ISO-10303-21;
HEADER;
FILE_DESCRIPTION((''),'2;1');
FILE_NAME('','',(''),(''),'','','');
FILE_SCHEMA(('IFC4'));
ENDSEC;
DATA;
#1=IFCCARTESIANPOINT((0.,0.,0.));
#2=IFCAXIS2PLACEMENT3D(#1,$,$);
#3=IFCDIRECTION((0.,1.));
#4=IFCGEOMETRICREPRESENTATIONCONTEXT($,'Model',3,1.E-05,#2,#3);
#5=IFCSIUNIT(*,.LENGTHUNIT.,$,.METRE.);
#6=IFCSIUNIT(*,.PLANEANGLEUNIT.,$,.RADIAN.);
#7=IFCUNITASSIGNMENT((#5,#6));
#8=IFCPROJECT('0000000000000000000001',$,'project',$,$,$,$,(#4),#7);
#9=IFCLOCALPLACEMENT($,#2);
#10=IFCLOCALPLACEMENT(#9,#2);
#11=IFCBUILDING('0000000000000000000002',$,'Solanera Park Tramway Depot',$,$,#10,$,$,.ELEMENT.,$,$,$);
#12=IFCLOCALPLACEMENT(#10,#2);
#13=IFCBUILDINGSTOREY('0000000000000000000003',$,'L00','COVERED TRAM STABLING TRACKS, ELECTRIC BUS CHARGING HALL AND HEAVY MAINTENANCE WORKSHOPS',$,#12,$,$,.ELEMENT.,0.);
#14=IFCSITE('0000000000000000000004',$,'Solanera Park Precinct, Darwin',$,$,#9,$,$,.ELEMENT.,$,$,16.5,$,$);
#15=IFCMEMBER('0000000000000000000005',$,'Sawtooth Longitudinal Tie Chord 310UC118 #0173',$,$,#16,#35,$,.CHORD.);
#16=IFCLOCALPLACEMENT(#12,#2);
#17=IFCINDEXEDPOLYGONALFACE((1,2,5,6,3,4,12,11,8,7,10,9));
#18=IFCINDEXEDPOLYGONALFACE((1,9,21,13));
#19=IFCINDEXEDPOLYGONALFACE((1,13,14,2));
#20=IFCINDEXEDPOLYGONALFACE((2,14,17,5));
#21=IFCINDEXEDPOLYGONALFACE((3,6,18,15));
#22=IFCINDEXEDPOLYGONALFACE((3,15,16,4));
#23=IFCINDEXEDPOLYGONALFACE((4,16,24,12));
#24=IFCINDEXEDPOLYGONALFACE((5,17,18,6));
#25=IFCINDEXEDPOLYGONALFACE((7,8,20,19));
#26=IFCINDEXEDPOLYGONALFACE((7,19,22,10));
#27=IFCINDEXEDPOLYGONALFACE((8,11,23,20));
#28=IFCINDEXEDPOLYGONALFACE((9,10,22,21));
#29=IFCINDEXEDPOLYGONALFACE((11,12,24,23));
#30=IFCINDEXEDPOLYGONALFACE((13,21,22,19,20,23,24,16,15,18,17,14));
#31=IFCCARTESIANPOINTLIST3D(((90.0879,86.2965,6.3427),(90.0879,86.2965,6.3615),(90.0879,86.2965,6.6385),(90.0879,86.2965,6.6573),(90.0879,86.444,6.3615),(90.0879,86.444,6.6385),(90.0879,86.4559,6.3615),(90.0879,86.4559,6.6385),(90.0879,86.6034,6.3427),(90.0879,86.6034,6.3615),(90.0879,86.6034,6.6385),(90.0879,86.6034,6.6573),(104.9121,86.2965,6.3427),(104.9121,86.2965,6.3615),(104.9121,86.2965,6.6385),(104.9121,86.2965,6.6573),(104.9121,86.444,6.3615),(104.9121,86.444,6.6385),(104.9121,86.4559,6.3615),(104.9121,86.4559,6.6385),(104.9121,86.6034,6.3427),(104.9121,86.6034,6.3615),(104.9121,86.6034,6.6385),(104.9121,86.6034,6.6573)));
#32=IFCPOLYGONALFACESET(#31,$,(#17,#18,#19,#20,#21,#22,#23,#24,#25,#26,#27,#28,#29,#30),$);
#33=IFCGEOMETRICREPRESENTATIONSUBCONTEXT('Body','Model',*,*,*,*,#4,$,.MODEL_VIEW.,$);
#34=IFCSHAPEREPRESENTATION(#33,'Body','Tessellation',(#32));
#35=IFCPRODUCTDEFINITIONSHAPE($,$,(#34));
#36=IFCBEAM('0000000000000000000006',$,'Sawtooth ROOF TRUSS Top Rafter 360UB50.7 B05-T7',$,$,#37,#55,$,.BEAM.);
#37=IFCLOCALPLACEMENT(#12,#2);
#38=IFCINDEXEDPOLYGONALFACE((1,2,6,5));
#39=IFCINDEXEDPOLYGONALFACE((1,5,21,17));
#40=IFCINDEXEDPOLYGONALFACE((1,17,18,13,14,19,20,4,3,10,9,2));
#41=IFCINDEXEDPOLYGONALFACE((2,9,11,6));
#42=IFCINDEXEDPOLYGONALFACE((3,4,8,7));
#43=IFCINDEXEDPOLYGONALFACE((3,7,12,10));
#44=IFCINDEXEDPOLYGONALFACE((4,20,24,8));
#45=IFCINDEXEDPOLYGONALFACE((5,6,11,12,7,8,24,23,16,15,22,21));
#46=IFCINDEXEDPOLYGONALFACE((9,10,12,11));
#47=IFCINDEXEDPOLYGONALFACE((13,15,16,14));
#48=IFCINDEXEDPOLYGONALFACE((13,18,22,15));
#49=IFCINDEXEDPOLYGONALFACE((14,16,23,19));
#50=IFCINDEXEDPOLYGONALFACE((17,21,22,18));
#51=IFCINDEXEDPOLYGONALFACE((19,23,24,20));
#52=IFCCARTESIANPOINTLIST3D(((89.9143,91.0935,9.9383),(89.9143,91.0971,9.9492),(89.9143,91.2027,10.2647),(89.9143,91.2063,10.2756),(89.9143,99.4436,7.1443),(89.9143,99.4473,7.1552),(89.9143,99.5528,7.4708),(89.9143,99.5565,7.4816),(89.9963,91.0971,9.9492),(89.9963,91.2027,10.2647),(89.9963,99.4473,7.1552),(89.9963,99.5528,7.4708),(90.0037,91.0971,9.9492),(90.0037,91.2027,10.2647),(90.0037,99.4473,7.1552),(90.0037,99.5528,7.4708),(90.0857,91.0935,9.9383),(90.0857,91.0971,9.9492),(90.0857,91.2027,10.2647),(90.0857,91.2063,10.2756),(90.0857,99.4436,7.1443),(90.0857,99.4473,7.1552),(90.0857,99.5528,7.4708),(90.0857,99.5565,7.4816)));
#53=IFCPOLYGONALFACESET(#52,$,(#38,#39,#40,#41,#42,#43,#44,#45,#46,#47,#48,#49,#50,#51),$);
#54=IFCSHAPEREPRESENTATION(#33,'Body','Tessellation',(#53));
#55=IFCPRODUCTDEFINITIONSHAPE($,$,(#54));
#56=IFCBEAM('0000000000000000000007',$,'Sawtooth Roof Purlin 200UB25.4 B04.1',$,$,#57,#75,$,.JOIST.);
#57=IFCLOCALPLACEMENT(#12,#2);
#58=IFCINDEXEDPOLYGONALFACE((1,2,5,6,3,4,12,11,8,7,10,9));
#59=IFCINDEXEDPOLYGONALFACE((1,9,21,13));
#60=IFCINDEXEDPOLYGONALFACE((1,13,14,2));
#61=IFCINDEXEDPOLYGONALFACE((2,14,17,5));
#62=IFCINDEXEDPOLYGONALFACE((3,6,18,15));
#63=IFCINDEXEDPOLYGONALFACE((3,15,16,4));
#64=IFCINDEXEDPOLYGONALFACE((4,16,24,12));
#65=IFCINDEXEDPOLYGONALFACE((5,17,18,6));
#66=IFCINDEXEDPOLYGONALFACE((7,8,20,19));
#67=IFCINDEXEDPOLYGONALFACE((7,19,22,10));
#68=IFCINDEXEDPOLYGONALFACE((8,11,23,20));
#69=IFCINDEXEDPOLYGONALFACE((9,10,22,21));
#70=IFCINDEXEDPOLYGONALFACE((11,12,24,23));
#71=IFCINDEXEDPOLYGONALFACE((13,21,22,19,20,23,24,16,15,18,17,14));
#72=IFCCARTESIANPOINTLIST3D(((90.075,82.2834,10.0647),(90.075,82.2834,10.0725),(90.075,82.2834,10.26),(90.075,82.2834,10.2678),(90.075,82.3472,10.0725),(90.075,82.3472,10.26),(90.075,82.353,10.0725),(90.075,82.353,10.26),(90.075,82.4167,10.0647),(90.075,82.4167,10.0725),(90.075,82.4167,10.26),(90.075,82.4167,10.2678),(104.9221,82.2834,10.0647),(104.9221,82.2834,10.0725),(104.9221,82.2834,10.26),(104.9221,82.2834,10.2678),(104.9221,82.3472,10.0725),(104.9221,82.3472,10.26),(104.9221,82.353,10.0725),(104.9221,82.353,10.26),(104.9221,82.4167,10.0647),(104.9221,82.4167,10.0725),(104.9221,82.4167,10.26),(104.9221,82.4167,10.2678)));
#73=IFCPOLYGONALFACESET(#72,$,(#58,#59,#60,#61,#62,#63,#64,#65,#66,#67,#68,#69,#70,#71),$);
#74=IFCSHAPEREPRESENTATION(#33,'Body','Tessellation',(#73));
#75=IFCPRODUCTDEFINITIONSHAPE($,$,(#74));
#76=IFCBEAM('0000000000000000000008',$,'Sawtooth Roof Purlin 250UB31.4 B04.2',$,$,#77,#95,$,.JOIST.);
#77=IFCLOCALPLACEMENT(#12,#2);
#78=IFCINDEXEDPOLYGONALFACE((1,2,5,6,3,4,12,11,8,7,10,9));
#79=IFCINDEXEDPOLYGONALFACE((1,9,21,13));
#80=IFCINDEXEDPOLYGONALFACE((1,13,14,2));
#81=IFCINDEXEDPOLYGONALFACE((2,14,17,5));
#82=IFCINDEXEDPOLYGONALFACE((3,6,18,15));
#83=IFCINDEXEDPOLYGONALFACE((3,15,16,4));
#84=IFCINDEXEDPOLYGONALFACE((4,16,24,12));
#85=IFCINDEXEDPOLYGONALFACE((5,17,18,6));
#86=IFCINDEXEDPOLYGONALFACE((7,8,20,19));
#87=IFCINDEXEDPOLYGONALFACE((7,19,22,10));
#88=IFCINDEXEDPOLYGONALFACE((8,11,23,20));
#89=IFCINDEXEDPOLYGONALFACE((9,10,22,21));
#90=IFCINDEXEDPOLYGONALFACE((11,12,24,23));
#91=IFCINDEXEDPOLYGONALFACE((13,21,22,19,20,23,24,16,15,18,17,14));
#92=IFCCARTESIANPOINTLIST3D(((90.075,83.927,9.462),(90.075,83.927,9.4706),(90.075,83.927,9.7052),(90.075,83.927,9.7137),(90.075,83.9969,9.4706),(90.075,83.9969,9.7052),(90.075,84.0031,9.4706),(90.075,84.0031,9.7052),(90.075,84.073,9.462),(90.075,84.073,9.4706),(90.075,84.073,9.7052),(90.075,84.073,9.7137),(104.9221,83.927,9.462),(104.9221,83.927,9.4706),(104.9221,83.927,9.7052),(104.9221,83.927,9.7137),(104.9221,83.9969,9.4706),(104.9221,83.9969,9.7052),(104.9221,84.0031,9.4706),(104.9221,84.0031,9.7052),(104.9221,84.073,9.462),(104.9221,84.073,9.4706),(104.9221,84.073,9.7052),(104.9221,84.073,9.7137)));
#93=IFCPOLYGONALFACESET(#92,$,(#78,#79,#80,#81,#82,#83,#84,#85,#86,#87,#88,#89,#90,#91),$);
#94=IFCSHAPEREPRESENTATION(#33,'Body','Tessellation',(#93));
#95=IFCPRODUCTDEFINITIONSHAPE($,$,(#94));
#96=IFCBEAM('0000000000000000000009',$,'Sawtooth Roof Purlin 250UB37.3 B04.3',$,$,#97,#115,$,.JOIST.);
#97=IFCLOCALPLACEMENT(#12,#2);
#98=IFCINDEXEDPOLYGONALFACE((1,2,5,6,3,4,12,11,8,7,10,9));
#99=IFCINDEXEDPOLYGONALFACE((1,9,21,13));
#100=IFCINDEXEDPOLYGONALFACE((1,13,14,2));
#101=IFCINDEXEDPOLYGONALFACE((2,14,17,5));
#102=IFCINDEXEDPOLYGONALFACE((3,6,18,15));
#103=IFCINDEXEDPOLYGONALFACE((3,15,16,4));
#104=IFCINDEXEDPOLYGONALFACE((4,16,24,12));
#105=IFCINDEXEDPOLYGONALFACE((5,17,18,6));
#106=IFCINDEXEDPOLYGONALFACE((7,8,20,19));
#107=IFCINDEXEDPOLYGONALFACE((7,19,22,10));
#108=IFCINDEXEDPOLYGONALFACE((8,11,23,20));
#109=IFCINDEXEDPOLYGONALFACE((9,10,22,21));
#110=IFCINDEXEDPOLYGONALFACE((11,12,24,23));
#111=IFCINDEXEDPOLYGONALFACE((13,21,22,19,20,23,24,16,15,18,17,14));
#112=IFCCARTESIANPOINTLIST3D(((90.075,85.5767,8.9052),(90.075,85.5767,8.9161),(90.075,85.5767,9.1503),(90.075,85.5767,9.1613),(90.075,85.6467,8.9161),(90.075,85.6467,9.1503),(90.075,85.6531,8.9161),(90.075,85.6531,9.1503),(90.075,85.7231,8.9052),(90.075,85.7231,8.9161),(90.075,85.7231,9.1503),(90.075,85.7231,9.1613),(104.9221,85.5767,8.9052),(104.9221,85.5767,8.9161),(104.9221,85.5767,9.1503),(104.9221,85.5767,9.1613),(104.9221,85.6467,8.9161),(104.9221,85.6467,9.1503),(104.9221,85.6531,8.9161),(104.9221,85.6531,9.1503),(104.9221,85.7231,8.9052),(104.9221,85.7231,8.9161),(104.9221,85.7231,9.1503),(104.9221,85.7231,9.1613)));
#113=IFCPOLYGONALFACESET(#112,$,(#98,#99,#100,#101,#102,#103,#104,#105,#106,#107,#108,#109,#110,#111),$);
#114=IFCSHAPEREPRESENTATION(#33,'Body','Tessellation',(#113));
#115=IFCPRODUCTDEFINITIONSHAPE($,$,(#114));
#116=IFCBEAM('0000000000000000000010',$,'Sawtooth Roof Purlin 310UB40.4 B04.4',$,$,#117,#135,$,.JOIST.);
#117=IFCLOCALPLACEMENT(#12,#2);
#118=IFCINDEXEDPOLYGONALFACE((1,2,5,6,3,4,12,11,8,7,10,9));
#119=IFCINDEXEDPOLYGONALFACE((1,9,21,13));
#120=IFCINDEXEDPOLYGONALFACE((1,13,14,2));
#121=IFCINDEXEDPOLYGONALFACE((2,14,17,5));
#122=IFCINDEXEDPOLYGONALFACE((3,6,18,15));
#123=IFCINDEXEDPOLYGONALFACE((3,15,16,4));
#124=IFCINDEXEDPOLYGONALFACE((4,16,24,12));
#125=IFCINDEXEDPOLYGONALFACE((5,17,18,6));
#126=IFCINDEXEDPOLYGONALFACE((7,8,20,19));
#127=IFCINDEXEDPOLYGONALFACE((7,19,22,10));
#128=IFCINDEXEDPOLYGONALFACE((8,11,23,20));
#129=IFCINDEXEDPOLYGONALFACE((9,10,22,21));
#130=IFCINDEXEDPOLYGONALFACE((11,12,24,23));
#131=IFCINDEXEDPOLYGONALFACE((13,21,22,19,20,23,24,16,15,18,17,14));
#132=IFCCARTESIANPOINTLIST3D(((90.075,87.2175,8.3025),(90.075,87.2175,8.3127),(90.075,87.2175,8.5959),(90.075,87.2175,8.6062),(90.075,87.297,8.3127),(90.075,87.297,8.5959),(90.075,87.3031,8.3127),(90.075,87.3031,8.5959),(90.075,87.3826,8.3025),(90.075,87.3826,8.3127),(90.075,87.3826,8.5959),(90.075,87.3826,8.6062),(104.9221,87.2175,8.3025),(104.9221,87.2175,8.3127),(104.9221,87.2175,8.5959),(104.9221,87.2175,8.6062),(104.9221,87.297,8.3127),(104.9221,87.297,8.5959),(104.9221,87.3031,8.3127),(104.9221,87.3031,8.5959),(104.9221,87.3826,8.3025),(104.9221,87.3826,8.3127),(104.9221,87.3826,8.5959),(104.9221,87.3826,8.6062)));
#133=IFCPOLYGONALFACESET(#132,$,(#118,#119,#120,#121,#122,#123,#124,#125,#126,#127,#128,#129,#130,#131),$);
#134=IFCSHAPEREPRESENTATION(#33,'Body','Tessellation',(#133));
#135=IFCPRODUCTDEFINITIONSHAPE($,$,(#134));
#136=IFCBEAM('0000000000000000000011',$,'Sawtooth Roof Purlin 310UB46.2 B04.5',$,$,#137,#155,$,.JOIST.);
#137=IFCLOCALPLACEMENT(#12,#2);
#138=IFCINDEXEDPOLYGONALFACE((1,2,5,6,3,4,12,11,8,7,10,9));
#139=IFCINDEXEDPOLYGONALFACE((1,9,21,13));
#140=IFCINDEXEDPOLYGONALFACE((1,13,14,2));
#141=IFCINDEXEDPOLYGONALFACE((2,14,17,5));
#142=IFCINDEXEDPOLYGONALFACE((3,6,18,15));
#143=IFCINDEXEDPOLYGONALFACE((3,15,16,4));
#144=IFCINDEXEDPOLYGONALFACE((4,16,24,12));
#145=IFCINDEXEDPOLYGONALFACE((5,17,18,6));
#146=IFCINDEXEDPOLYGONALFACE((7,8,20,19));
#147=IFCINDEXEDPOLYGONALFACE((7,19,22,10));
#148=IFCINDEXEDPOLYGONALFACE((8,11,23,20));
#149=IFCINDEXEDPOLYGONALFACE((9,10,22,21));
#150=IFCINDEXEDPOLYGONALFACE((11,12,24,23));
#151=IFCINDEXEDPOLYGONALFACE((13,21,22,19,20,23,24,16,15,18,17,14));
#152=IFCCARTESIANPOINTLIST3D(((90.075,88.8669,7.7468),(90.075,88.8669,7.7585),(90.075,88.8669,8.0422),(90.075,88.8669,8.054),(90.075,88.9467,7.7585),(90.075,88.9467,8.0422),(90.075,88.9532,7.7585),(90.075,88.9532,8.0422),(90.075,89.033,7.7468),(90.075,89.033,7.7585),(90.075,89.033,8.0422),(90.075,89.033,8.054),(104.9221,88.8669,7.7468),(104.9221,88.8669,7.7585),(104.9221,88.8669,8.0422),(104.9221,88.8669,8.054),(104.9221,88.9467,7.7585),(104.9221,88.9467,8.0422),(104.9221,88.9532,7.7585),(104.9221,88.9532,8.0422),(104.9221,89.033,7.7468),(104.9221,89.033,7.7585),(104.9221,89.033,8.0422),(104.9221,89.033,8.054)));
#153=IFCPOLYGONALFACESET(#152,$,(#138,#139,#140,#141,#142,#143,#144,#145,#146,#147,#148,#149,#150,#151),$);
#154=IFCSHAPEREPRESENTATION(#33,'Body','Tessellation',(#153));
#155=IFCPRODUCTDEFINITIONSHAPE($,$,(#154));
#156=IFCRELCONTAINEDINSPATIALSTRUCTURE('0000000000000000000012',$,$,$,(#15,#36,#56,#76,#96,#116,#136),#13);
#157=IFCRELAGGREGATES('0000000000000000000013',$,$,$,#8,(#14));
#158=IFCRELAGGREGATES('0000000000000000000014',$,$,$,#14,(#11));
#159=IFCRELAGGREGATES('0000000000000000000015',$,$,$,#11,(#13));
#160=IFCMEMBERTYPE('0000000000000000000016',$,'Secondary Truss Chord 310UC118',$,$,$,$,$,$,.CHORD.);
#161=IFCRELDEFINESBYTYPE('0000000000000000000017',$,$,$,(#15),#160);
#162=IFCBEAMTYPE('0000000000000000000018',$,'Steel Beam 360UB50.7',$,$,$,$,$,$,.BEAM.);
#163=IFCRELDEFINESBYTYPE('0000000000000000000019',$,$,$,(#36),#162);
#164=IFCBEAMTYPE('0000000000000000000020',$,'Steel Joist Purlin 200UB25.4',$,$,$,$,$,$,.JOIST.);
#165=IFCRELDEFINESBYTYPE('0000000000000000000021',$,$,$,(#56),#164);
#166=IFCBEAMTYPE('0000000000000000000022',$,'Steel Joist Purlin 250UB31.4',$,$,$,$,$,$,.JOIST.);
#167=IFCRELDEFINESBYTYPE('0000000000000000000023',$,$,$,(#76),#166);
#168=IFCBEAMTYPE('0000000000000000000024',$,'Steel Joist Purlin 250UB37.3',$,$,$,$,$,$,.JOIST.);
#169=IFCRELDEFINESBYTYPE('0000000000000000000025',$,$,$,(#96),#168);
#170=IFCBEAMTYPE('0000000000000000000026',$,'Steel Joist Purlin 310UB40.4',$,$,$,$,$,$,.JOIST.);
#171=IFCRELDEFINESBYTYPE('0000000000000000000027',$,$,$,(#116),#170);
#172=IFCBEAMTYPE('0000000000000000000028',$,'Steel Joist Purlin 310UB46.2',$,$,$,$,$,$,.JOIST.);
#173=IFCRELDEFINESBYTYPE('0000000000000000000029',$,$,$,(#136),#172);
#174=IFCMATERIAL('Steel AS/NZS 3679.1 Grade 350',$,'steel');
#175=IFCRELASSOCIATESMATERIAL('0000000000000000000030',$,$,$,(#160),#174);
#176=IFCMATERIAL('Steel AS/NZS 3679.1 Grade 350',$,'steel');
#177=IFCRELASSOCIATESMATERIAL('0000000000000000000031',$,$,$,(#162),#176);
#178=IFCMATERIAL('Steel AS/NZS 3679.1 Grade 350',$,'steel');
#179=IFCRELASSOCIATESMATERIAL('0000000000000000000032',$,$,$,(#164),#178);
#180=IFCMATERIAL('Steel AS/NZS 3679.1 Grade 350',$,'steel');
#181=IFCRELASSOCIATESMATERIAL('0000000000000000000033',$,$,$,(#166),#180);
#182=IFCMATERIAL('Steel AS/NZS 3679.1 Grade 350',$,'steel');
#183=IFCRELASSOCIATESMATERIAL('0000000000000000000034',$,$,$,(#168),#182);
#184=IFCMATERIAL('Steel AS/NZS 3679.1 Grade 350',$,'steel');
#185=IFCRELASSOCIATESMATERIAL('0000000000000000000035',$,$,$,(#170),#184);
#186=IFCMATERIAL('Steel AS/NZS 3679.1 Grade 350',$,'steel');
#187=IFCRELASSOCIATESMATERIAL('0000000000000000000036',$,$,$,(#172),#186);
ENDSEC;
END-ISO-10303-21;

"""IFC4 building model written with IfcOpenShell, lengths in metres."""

from ifc_helpers import new_model, si_unit, direction, frame, origin, origin_2d, place, context, subcontext, project, spatial, i_section, extrude, material, material_profile, profile_set, type_object, element, save


model = new_model("IFC4")

# Units and contexts
model_context = context("Model", 3, precision=1e-05, world=origin(), true_north=direction((0.0, 1.0)))
body_context = subcontext(model_context, "Body", "Model", "MODEL_VIEW")
ifc_project = project(units=[si_unit("LENGTHUNIT", "METRE"), si_unit("PLANEANGLEUNIT", "RADIAN")], contexts=[model_context])

# Site, building, storey
site_placement = place(None, origin())
site = spatial("IfcSite", under=ifc_project, at=site_placement, Name="Solanera Park Precinct, Darwin", CompositionType="ELEMENT", RefElevation=16.5)
building_placement = place(site_placement, origin())
building = spatial("IfcBuilding", under=site, at=building_placement, Name="Solanera Park Tramway Depot", CompositionType="ELEMENT")
storey_placement = place(building_placement, origin())
storey = spatial("IfcBuildingStorey", under=building, at=storey_placement, Name="L00", Description="COVERED TRAM STABLING TRACKS, ELECTRIC BUS CHARGING HALL AND HEAVY MAINTENANCE WORKSHOPS", CompositionType="ELEMENT", Elevation=0.0)

# Member
ifc_material_1 = material(Name="Steel AS/NZS 3679.1 Grade 350", Category="steel")
ifc_material_profile_1 = material_profile(ifc_material_1, i_section(OverallWidth=0.3069, OverallDepth=0.3147, WebThickness=0.012, FlangeThickness=0.0188, at=origin_2d()), Name="310UC118")
ifc_profile_set_1 = profile_set([ifc_material_profile_1], Name="Steel AS/NZS 3679.1 Grade 350")
member_type_1 = type_object("IfcMemberType", Name="Secondary Truss Chord 310UC118", PredefinedType="CHORD", material=ifc_profile_set_1)
member_1_placement = place(storey_placement, frame((90.0879, 86.45, 6.5), z_axis=(1.0, 0.0, 0.0), x_axis=(0.0, 1.0, 0.0)))
element("IfcMember", 1, at=member_1_placement, inside=storey, type_object=member_type_1, Name="Sawtooth Longitudinal Tie Chord 310UC118 #0173", PredefinedType="CHORD", context=body_context, shape_type="SweptSolid", body=[
    extrude(i_section(OverallWidth=0.3069, OverallDepth=0.3147, WebThickness=0.012, FlangeThickness=0.0188, at=origin_2d()), origin(), (0.0, 0.0, 1.0), 14.8242),
])

# Beams
ifc_material_2 = material(Name="Steel AS/NZS 3679.1 Grade 350", Category="steel")
ifc_material_profile_2 = material_profile(ifc_material_2, i_section(OverallWidth=0.1714, OverallDepth=0.3557, WebThickness=0.0073, FlangeThickness=0.0115, at=origin_2d()), Name="360UB50.7")
ifc_profile_set_2 = profile_set([ifc_material_profile_2], Name="Steel AS/NZS 3679.1 Grade 350")
beam_type_1 = type_object("IfcBeamType", Name="Steel Beam 360UB50.7", PredefinedType="BEAM", material=ifc_profile_set_2)
beam_1_placement = place(storey_placement, frame((90.0, 91.1499, 10.1069), z_axis=(0.0, 0.948322, -0.317309), x_axis=(-1.0, 0.0, 0.0)))
element("IfcBeam", 2, at=beam_1_placement, inside=storey, type_object=beam_type_1, Name="Sawtooth ROOF TRUSS Top Rafter 360UB50.7 B05-T7", PredefinedType="BEAM", context=body_context, shape_type="SweptSolid", body=[
    extrude(i_section(OverallWidth=0.1714, OverallDepth=0.3557, WebThickness=0.0073, FlangeThickness=0.0115, at=origin_2d()), origin(), (0.0, 0.0, 1.0), 8.8052),
])
ifc_material_3 = material(Name="Steel AS/NZS 3679.1 Grade 350", Category="steel")
ifc_material_profile_3 = material_profile(ifc_material_3, i_section(OverallWidth=0.1333, OverallDepth=0.2031, WebThickness=0.0059, FlangeThickness=0.0078, at=origin_2d()), Name="200UB25.4")
ifc_profile_set_3 = profile_set([ifc_material_profile_3], Name="Steel AS/NZS 3679.1 Grade 350")
beam_type_2 = type_object("IfcBeamType", Name="Steel Joist Purlin 200UB25.4", PredefinedType="JOIST", material=ifc_profile_set_3)
beam_2_placement = place(storey_placement, frame((90.075, 82.3501, 10.1663), z_axis=(1.0, 0.0, 0.0), x_axis=(0.0, 1.0, 0.0)))
element("IfcBeam", 3, at=beam_2_placement, inside=storey, type_object=beam_type_2, Name="Sawtooth Roof Purlin 200UB25.4 B04.1", PredefinedType="JOIST", context=body_context, shape_type="SweptSolid", body=[
    extrude(i_section(OverallWidth=0.1333, OverallDepth=0.2031, WebThickness=0.0059, FlangeThickness=0.0078, at=origin_2d()), origin(), (0.0, 0.0, 1.0), 14.8472),
])
ifc_material_4 = material(Name="Steel AS/NZS 3679.1 Grade 350", Category="steel")
ifc_material_profile_4 = material_profile(ifc_material_4, i_section(OverallWidth=0.146, OverallDepth=0.2517, WebThickness=0.0061, FlangeThickness=0.0085, at=origin_2d()), Name="250UB31.4")
ifc_profile_set_4 = profile_set([ifc_material_profile_4], Name="Steel AS/NZS 3679.1 Grade 350")
beam_type_3 = type_object("IfcBeamType", Name="Steel Joist Purlin 250UB31.4", PredefinedType="JOIST", material=ifc_profile_set_4)
beam_3_placement = place(storey_placement, frame((90.075, 84.0, 9.5879), z_axis=(1.0, 0.0, 0.0), x_axis=(0.0, 1.0, 0.0)))
element("IfcBeam", 4, at=beam_3_placement, inside=storey, type_object=beam_type_3, Name="Sawtooth Roof Purlin 250UB31.4 B04.2", PredefinedType="JOIST", context=body_context, shape_type="SweptSolid", body=[
    extrude(i_section(OverallWidth=0.146, OverallDepth=0.2517, WebThickness=0.0061, FlangeThickness=0.0085, at=origin_2d()), origin(), (0.0, 0.0, 1.0), 14.8472),
])
ifc_material_5 = material(Name="Steel AS/NZS 3679.1 Grade 350", Category="steel")
ifc_material_profile_5 = material_profile(ifc_material_5, i_section(OverallWidth=0.1465, OverallDepth=0.2561, WebThickness=0.0063, FlangeThickness=0.011, at=origin_2d()), Name="250UB37.3")
ifc_profile_set_5 = profile_set([ifc_material_profile_5], Name="Steel AS/NZS 3679.1 Grade 350")
beam_type_4 = type_object("IfcBeamType", Name="Steel Joist Purlin 250UB37.3", PredefinedType="JOIST", material=ifc_profile_set_5)
beam_4_placement = place(storey_placement, frame((90.075, 85.6499, 9.0332), z_axis=(1.0, 0.0, 0.0), x_axis=(0.0, 1.0, 0.0)))
element("IfcBeam", 5, at=beam_4_placement, inside=storey, type_object=beam_type_4, Name="Sawtooth Roof Purlin 250UB37.3 B04.3", PredefinedType="JOIST", context=body_context, shape_type="SweptSolid", body=[
    extrude(i_section(OverallWidth=0.1465, OverallDepth=0.2561, WebThickness=0.0063, FlangeThickness=0.011, at=origin_2d()), origin(), (0.0, 0.0, 1.0), 14.8472),
])
ifc_material_6 = material(Name="Steel AS/NZS 3679.1 Grade 350", Category="steel")
ifc_material_profile_6 = material_profile(ifc_material_6, i_section(OverallWidth=0.165, OverallDepth=0.3037, WebThickness=0.0061, FlangeThickness=0.0103, at=origin_2d()), Name="310UB40.4")
ifc_profile_set_6 = profile_set([ifc_material_profile_6], Name="Steel AS/NZS 3679.1 Grade 350")
beam_type_5 = type_object("IfcBeamType", Name="Steel Joist Purlin 310UB40.4", PredefinedType="JOIST", material=ifc_profile_set_6)
beam_5_placement = place(storey_placement, frame((90.075, 87.3, 8.4543), z_axis=(1.0, 0.0, 0.0), x_axis=(0.0, 1.0, 0.0)))
element("IfcBeam", 6, at=beam_5_placement, inside=storey, type_object=beam_type_5, Name="Sawtooth Roof Purlin 310UB40.4 B04.4", PredefinedType="JOIST", context=body_context, shape_type="SweptSolid", body=[
    extrude(i_section(OverallWidth=0.165, OverallDepth=0.3037, WebThickness=0.0061, FlangeThickness=0.0103, at=origin_2d()), origin(), (0.0, 0.0, 1.0), 14.8472),
])
ifc_material_7 = material(Name="Steel AS/NZS 3679.1 Grade 350", Category="steel")
ifc_material_profile_7 = material_profile(ifc_material_7, i_section(OverallWidth=0.166, OverallDepth=0.3071, WebThickness=0.0066, FlangeThickness=0.0117, at=origin_2d()), Name="310UB46.2")
ifc_profile_set_7 = profile_set([ifc_material_profile_7], Name="Steel AS/NZS 3679.1 Grade 350")
beam_type_6 = type_object("IfcBeamType", Name="Steel Joist Purlin 310UB46.2", PredefinedType="JOIST", material=ifc_profile_set_7)
beam_6_placement = place(storey_placement, frame((90.075, 88.95, 7.9004), z_axis=(1.0, 0.0, 0.0), x_axis=(0.0, 1.0, 0.0)))
element("IfcBeam", 7, at=beam_6_placement, inside=storey, type_object=beam_type_6, Name="Sawtooth Roof Purlin 310UB46.2 B04.5", PredefinedType="JOIST", context=body_context, shape_type="SweptSolid", body=[
    extrude(i_section(OverallWidth=0.166, OverallDepth=0.3071, WebThickness=0.0066, FlangeThickness=0.0117, at=origin_2d()), origin(), (0.0, 0.0, 1.0), 14.8472),
])

save(model, "model.ifc")
